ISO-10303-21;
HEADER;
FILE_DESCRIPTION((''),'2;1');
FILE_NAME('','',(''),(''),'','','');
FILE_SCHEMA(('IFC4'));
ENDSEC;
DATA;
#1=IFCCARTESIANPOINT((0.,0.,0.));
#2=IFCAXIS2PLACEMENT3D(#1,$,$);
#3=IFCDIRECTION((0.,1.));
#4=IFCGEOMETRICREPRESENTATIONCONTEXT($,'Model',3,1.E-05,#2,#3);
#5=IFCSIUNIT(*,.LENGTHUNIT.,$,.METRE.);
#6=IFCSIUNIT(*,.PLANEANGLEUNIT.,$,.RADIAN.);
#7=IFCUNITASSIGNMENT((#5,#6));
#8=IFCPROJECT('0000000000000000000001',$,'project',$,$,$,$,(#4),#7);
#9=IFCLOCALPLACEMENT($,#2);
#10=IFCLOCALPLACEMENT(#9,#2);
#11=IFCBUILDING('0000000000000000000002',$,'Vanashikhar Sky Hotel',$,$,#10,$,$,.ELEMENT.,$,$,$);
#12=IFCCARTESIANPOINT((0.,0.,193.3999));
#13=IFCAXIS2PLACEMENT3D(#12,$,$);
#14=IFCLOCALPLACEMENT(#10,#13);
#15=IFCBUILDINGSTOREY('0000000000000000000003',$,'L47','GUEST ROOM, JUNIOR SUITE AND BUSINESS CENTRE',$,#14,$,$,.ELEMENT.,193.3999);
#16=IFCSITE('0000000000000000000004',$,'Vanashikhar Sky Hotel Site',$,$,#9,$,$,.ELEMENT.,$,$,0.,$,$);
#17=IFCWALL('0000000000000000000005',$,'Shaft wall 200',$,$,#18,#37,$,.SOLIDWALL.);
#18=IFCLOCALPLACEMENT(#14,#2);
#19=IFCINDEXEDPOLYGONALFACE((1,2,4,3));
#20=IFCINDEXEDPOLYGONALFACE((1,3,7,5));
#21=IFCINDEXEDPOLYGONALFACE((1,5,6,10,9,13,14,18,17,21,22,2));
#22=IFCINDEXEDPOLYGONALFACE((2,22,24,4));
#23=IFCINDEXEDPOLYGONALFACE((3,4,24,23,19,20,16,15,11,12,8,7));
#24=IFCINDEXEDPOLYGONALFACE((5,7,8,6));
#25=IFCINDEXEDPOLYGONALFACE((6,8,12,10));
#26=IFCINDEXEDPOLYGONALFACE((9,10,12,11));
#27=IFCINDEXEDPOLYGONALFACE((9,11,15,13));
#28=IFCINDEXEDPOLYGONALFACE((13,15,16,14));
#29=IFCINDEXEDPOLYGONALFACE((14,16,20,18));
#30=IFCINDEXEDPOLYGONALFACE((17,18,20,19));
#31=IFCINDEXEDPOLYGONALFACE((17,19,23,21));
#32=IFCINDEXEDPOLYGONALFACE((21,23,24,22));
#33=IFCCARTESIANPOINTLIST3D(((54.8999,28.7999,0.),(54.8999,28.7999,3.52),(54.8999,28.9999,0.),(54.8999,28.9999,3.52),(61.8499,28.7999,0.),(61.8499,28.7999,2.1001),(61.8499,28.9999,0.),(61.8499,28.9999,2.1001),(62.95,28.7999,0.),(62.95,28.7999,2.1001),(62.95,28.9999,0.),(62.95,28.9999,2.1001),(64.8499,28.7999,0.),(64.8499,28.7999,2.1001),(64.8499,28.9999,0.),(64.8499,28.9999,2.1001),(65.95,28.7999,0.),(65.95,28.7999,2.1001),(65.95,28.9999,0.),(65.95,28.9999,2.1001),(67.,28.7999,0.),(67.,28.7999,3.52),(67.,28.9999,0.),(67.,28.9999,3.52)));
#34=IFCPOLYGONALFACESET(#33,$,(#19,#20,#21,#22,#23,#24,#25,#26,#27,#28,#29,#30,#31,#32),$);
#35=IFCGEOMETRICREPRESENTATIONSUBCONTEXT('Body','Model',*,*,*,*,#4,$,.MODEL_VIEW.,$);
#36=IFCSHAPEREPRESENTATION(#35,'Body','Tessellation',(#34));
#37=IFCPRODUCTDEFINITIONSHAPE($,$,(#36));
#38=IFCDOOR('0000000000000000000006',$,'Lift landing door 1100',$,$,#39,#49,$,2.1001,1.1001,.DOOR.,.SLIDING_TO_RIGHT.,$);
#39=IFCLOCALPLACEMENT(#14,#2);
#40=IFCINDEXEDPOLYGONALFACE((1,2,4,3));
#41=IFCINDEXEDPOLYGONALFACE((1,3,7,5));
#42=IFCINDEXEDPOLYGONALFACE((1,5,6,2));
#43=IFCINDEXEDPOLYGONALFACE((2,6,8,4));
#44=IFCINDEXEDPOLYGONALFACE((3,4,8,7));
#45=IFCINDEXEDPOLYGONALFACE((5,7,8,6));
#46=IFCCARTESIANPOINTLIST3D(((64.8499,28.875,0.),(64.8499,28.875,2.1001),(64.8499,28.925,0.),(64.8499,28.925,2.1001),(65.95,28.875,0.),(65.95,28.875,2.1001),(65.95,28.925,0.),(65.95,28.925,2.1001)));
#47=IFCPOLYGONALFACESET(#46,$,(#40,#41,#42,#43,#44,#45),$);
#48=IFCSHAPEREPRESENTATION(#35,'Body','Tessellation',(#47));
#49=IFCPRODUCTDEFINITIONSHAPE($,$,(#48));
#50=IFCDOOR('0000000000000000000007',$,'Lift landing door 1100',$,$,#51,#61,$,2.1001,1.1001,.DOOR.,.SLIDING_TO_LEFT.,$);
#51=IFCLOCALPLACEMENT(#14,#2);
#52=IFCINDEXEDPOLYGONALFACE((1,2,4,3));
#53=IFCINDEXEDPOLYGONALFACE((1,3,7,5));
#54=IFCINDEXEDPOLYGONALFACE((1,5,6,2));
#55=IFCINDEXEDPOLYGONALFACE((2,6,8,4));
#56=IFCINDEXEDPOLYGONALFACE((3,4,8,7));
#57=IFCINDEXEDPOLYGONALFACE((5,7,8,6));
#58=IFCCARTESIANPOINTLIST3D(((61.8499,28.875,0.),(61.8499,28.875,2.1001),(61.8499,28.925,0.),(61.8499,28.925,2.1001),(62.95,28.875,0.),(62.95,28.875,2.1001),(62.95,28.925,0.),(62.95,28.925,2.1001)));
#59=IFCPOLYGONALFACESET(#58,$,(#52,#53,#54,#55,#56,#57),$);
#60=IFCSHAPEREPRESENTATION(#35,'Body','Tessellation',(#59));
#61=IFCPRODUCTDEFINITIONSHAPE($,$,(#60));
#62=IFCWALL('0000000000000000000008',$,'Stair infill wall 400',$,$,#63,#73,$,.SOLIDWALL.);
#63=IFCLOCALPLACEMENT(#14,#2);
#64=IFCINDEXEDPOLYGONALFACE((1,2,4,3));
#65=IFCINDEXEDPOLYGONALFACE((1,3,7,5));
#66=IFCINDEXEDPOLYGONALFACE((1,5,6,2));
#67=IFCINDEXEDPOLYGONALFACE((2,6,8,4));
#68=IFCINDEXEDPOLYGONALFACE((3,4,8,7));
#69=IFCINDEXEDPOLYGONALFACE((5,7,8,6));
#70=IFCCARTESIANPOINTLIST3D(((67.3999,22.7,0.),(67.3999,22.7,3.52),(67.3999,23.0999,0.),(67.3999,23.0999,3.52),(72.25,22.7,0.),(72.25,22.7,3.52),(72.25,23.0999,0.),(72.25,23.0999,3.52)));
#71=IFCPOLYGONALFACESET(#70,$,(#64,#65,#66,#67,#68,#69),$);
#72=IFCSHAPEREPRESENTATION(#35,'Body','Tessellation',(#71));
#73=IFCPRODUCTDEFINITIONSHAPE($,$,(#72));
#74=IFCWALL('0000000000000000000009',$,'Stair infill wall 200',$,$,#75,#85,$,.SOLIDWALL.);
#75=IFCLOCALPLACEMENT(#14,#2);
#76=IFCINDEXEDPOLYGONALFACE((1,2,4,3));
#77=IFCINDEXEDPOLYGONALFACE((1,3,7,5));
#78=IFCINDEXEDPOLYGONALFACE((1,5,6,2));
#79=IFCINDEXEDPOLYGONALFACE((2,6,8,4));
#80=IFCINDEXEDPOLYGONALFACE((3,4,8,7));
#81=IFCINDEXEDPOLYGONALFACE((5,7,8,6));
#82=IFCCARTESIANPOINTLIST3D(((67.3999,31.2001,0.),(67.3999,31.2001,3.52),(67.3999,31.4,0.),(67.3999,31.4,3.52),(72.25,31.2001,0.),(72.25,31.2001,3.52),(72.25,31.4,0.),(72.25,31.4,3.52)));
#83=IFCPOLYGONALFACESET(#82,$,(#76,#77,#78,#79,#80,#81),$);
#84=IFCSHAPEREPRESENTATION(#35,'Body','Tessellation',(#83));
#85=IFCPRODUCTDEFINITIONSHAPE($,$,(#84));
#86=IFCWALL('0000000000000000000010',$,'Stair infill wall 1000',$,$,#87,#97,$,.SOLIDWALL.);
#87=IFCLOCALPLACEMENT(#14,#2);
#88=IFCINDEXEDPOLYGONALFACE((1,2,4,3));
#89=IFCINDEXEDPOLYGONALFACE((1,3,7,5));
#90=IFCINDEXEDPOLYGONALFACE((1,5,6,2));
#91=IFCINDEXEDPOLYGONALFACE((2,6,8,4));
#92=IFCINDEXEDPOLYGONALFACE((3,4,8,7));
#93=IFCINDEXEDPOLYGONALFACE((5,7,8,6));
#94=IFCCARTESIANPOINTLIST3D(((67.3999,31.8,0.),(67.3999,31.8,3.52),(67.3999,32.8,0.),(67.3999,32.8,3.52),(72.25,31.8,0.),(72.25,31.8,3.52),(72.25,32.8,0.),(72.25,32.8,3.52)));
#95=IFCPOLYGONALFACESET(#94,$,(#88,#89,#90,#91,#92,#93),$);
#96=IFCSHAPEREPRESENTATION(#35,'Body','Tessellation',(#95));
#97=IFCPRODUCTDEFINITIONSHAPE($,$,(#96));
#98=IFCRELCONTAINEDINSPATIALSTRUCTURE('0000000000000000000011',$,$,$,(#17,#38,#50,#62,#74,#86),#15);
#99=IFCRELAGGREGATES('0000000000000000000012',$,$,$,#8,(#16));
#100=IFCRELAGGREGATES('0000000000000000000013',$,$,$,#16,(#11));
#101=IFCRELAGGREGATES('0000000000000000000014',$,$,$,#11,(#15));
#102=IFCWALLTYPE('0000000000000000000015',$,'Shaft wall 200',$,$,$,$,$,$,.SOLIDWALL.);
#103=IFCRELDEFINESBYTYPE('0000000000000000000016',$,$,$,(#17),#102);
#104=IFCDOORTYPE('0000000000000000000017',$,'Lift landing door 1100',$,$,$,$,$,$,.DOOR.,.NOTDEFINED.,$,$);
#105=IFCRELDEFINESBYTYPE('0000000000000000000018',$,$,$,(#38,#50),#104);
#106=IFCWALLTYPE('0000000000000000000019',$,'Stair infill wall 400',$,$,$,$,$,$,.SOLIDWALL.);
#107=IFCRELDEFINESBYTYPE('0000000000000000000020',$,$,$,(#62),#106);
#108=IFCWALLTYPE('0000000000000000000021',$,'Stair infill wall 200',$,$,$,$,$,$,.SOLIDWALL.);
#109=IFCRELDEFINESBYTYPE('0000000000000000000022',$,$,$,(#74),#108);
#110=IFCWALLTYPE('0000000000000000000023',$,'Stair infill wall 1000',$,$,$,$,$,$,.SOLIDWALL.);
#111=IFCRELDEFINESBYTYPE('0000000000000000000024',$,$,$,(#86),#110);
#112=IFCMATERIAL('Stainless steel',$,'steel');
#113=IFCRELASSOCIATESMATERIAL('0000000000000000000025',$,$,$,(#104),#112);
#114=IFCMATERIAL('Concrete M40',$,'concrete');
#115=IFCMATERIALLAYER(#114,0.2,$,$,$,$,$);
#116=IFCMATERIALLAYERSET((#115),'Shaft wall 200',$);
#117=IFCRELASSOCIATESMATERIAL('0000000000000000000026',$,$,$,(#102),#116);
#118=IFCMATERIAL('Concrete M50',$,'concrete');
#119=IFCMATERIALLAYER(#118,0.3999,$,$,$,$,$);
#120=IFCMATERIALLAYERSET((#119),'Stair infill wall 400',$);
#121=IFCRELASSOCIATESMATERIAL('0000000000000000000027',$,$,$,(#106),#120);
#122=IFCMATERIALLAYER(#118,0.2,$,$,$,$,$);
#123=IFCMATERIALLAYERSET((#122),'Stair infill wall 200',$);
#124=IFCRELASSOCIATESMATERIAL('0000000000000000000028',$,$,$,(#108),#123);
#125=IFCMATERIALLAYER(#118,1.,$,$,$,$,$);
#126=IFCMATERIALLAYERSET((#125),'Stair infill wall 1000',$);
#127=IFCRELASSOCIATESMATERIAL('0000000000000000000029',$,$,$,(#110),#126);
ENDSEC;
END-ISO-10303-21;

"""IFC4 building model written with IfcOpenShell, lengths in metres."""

from ifc_helpers import new_model, si_unit, direction, frame, frame_2d, origin, place, context, subcontext, project, spatial, rectangle, extrude, source, transform, mapped, material, layer, layer_set, type_object, element, fill, save


model = new_model("IFC4")

# Units and contexts
model_context = context("Model", 3, precision=1e-05, world=origin(), true_north=direction((0.0, 1.0)))
body_context = subcontext(model_context, "Body", "Model", "MODEL_VIEW")
ifc_project = project(units=[si_unit("LENGTHUNIT", "METRE"), si_unit("PLANEANGLEUNIT", "RADIAN")], contexts=[model_context])

# Site, building, storey
site_placement = place(None, origin())
site = spatial("IfcSite", under=ifc_project, at=site_placement, Name="Vanashikhar Sky Hotel Site", CompositionType="ELEMENT", RefElevation=0.0)
building_placement = place(site_placement, origin())
building = spatial("IfcBuilding", under=site, at=building_placement, Name="Vanashikhar Sky Hotel", CompositionType="ELEMENT")
storey_placement = place(building_placement, frame((0.0, 0.0, 193.3999)))
storey = spatial("IfcBuildingStorey", under=building, at=storey_placement, Name="L47", Description="GUEST ROOM, JUNIOR SUITE AND BUSINESS CENTRE", CompositionType="ELEMENT", Elevation=193.3999)

# Shared definitions
ifc_material_1 = material(Name="Stainless steel", Category="steel")
door_type_1 = type_object("IfcDoorType", Name="Lift landing door 1100", OperationType="NOTDEFINED", PredefinedType="DOOR", material=ifc_material_1)
shared_shape_1 = source(origin(), body_context, "Body", "SweptSolid", [
    extrude(rectangle(XDim=1.1001, YDim=2.1001, at=frame_2d((0.55, 1.05))), frame((0.0, 0.0249, 0.0), z_axis=(0.0, -1.0, 0.0), x_axis=(1.0, 0.0, 0.0)), (0.0, 0.0, 1.0), 0.05),
])

# Wall, openings, doors
ifc_material_2 = material(Name="Concrete M40", Category="concrete")
ifc_layer_1 = layer(ifc_material_2, 0.2)
ifc_layer_set_1 = layer_set([ifc_layer_1], Name="Shaft wall 200")
wall_type_1 = type_object("IfcWallType", Name="Shaft wall 200", PredefinedType="SOLIDWALL", material=ifc_layer_set_1)
shared_shape_2 = source(origin(), body_context, "Body", "SweptSolid", [
    extrude(rectangle(XDim=1.1001, YDim=2.1001, at=frame_2d((0.55, 1.05))), frame((0.0, 0.1099, 0.0), z_axis=(0.0, -1.0, 0.0), x_axis=(1.0, 0.0, 0.0)), (0.0, 0.0, 1.0), 0.22),
])
shared_shape_3 = source(origin(), body_context, "Body", "SweptSolid", [
    extrude(rectangle(XDim=12.1001, YDim=0.2, at=frame_2d((6.05, 0.0))), origin(), (0.0, 0.0, 1.0), 3.52),
])
wall_1_placement = place(storey_placement, frame((67.0, 28.8999, 0.0), z_axis=(0.0, 0.0, 1.0), x_axis=(-1.0, 0.0, 0.0)))
wall_1 = element("IfcWall", 1, at=wall_1_placement, inside=storey, type_object=wall_type_1, Name="Shaft wall 200", PredefinedType="SOLIDWALL", context=body_context, shape_type="MappedRepresentation", body=[
    mapped(shared_shape_3, transform((0.0, 0.0, 0.0), scale=1.0)),
])
opening_1_placement = place(wall_1_placement, frame((1.05, 0.0, 0.0)))
opening_1 = element("IfcOpeningElement", 2, at=opening_1_placement, cuts=wall_1, PredefinedType="OPENING", context=body_context, shape_type="MappedRepresentation", body=[
    mapped(shared_shape_2, transform((0.0, 0.0, 0.0), scale=1.0)),
])
opening_2_placement = place(wall_1_placement, frame((4.05, 0.0, 0.0)))
opening_2 = element("IfcOpeningElement", 3, at=opening_2_placement, cuts=wall_1, PredefinedType="OPENING", context=body_context, shape_type="MappedRepresentation", body=[
    mapped(shared_shape_2, transform((0.0, 0.0, 0.0), scale=1.0)),
])
door_1_placement = place(opening_1_placement, origin())
door_1 = element("IfcDoor", 4, at=door_1_placement, inside=storey, type_object=door_type_1, Name="Lift landing door 1100", OperationType="SLIDING_TO_RIGHT", OverallHeight=2.1001, OverallWidth=1.1001, PredefinedType="DOOR", context=body_context, shape_type="MappedRepresentation", body=[
    mapped(shared_shape_1, transform((0.0, 0.0, 0.0), scale=1.0)),
])
fill(opening_1, door_1)
door_2_placement = place(opening_2_placement, origin())
door_2 = element("IfcDoor", 5, at=door_2_placement, inside=storey, type_object=door_type_1, Name="Lift landing door 1100", OperationType="SLIDING_TO_LEFT", OverallHeight=2.1001, OverallWidth=1.1001, PredefinedType="DOOR", context=body_context, shape_type="MappedRepresentation", body=[
    mapped(shared_shape_1, transform((0.0, 0.0, 0.0), scale=1.0)),
])
fill(opening_2, door_2)

# Walls
ifc_material_3 = material(Name="Concrete M50", Category="concrete")
ifc_layer_2 = layer(ifc_material_3, 0.3999)
ifc_layer_set_2 = layer_set([ifc_layer_2], Name="Stair infill wall 400")
wall_type_2 = type_object("IfcWallType", Name="Stair infill wall 400", PredefinedType="SOLIDWALL", material=ifc_layer_set_2)
shared_shape_4 = source(origin(), body_context, "Body", "SweptSolid", [
    extrude(rectangle(XDim=4.8501, YDim=0.3999, at=frame_2d((2.425, 0.0))), origin(), (0.0, 0.0, 1.0), 3.52),
])
wall_2_placement = place(storey_placement, frame((67.3999, 22.8999, 0.0), z_axis=(0.0, 0.0, 1.0), x_axis=(1.0, 0.0, 0.0)))
element("IfcWall", 6, at=wall_2_placement, inside=storey, type_object=wall_type_2, Name="Stair infill wall 400", PredefinedType="SOLIDWALL", context=body_context, shape_type="MappedRepresentation", body=[
    mapped(shared_shape_4, transform((0.0, 0.0, 0.0), scale=1.0)),
])
ifc_layer_3 = layer(ifc_material_3, 0.2)
ifc_layer_set_3 = layer_set([ifc_layer_3], Name="Stair infill wall 200")
wall_type_3 = type_object("IfcWallType", Name="Stair infill wall 200", PredefinedType="SOLIDWALL", material=ifc_layer_set_3)
shared_shape_5 = source(origin(), body_context, "Body", "SweptSolid", [
    extrude(rectangle(XDim=4.8501, YDim=0.2, at=frame_2d((2.425, 0.0))), origin(), (0.0, 0.0, 1.0), 3.52),
])
wall_3_placement = place(storey_placement, frame((67.3999, 31.3, 0.0), z_axis=(0.0, 0.0, 1.0), x_axis=(1.0, 0.0, 0.0)))
element("IfcWall", 7, at=wall_3_placement, inside=storey, type_object=wall_type_3, Name="Stair infill wall 200", PredefinedType="SOLIDWALL", context=body_context, shape_type="MappedRepresentation", body=[
    mapped(shared_shape_5, transform((0.0, 0.0, 0.0), scale=1.0)),
])
ifc_layer_4 = layer(ifc_material_3, 1.0)
ifc_layer_set_4 = layer_set([ifc_layer_4], Name="Stair infill wall 1000")
wall_type_4 = type_object("IfcWallType", Name="Stair infill wall 1000", PredefinedType="SOLIDWALL", material=ifc_layer_set_4)
shared_shape_6 = source(origin(), body_context, "Body", "SweptSolid", [
    extrude(rectangle(XDim=4.8501, YDim=1.0, at=frame_2d((2.425, 0.0))), origin(), (0.0, 0.0, 1.0), 3.52),
])
wall_4_placement = place(storey_placement, frame((67.3999, 32.3, 0.0), z_axis=(0.0, 0.0, 1.0), x_axis=(1.0, 0.0, 0.0)))
element("IfcWall", 8, at=wall_4_placement, inside=storey, type_object=wall_type_4, Name="Stair infill wall 1000", PredefinedType="SOLIDWALL", context=body_context, shape_type="MappedRepresentation", body=[
    mapped(shared_shape_6, transform((0.0, 0.0, 0.0), scale=1.0)),
])

save(model, "model.ifc")
